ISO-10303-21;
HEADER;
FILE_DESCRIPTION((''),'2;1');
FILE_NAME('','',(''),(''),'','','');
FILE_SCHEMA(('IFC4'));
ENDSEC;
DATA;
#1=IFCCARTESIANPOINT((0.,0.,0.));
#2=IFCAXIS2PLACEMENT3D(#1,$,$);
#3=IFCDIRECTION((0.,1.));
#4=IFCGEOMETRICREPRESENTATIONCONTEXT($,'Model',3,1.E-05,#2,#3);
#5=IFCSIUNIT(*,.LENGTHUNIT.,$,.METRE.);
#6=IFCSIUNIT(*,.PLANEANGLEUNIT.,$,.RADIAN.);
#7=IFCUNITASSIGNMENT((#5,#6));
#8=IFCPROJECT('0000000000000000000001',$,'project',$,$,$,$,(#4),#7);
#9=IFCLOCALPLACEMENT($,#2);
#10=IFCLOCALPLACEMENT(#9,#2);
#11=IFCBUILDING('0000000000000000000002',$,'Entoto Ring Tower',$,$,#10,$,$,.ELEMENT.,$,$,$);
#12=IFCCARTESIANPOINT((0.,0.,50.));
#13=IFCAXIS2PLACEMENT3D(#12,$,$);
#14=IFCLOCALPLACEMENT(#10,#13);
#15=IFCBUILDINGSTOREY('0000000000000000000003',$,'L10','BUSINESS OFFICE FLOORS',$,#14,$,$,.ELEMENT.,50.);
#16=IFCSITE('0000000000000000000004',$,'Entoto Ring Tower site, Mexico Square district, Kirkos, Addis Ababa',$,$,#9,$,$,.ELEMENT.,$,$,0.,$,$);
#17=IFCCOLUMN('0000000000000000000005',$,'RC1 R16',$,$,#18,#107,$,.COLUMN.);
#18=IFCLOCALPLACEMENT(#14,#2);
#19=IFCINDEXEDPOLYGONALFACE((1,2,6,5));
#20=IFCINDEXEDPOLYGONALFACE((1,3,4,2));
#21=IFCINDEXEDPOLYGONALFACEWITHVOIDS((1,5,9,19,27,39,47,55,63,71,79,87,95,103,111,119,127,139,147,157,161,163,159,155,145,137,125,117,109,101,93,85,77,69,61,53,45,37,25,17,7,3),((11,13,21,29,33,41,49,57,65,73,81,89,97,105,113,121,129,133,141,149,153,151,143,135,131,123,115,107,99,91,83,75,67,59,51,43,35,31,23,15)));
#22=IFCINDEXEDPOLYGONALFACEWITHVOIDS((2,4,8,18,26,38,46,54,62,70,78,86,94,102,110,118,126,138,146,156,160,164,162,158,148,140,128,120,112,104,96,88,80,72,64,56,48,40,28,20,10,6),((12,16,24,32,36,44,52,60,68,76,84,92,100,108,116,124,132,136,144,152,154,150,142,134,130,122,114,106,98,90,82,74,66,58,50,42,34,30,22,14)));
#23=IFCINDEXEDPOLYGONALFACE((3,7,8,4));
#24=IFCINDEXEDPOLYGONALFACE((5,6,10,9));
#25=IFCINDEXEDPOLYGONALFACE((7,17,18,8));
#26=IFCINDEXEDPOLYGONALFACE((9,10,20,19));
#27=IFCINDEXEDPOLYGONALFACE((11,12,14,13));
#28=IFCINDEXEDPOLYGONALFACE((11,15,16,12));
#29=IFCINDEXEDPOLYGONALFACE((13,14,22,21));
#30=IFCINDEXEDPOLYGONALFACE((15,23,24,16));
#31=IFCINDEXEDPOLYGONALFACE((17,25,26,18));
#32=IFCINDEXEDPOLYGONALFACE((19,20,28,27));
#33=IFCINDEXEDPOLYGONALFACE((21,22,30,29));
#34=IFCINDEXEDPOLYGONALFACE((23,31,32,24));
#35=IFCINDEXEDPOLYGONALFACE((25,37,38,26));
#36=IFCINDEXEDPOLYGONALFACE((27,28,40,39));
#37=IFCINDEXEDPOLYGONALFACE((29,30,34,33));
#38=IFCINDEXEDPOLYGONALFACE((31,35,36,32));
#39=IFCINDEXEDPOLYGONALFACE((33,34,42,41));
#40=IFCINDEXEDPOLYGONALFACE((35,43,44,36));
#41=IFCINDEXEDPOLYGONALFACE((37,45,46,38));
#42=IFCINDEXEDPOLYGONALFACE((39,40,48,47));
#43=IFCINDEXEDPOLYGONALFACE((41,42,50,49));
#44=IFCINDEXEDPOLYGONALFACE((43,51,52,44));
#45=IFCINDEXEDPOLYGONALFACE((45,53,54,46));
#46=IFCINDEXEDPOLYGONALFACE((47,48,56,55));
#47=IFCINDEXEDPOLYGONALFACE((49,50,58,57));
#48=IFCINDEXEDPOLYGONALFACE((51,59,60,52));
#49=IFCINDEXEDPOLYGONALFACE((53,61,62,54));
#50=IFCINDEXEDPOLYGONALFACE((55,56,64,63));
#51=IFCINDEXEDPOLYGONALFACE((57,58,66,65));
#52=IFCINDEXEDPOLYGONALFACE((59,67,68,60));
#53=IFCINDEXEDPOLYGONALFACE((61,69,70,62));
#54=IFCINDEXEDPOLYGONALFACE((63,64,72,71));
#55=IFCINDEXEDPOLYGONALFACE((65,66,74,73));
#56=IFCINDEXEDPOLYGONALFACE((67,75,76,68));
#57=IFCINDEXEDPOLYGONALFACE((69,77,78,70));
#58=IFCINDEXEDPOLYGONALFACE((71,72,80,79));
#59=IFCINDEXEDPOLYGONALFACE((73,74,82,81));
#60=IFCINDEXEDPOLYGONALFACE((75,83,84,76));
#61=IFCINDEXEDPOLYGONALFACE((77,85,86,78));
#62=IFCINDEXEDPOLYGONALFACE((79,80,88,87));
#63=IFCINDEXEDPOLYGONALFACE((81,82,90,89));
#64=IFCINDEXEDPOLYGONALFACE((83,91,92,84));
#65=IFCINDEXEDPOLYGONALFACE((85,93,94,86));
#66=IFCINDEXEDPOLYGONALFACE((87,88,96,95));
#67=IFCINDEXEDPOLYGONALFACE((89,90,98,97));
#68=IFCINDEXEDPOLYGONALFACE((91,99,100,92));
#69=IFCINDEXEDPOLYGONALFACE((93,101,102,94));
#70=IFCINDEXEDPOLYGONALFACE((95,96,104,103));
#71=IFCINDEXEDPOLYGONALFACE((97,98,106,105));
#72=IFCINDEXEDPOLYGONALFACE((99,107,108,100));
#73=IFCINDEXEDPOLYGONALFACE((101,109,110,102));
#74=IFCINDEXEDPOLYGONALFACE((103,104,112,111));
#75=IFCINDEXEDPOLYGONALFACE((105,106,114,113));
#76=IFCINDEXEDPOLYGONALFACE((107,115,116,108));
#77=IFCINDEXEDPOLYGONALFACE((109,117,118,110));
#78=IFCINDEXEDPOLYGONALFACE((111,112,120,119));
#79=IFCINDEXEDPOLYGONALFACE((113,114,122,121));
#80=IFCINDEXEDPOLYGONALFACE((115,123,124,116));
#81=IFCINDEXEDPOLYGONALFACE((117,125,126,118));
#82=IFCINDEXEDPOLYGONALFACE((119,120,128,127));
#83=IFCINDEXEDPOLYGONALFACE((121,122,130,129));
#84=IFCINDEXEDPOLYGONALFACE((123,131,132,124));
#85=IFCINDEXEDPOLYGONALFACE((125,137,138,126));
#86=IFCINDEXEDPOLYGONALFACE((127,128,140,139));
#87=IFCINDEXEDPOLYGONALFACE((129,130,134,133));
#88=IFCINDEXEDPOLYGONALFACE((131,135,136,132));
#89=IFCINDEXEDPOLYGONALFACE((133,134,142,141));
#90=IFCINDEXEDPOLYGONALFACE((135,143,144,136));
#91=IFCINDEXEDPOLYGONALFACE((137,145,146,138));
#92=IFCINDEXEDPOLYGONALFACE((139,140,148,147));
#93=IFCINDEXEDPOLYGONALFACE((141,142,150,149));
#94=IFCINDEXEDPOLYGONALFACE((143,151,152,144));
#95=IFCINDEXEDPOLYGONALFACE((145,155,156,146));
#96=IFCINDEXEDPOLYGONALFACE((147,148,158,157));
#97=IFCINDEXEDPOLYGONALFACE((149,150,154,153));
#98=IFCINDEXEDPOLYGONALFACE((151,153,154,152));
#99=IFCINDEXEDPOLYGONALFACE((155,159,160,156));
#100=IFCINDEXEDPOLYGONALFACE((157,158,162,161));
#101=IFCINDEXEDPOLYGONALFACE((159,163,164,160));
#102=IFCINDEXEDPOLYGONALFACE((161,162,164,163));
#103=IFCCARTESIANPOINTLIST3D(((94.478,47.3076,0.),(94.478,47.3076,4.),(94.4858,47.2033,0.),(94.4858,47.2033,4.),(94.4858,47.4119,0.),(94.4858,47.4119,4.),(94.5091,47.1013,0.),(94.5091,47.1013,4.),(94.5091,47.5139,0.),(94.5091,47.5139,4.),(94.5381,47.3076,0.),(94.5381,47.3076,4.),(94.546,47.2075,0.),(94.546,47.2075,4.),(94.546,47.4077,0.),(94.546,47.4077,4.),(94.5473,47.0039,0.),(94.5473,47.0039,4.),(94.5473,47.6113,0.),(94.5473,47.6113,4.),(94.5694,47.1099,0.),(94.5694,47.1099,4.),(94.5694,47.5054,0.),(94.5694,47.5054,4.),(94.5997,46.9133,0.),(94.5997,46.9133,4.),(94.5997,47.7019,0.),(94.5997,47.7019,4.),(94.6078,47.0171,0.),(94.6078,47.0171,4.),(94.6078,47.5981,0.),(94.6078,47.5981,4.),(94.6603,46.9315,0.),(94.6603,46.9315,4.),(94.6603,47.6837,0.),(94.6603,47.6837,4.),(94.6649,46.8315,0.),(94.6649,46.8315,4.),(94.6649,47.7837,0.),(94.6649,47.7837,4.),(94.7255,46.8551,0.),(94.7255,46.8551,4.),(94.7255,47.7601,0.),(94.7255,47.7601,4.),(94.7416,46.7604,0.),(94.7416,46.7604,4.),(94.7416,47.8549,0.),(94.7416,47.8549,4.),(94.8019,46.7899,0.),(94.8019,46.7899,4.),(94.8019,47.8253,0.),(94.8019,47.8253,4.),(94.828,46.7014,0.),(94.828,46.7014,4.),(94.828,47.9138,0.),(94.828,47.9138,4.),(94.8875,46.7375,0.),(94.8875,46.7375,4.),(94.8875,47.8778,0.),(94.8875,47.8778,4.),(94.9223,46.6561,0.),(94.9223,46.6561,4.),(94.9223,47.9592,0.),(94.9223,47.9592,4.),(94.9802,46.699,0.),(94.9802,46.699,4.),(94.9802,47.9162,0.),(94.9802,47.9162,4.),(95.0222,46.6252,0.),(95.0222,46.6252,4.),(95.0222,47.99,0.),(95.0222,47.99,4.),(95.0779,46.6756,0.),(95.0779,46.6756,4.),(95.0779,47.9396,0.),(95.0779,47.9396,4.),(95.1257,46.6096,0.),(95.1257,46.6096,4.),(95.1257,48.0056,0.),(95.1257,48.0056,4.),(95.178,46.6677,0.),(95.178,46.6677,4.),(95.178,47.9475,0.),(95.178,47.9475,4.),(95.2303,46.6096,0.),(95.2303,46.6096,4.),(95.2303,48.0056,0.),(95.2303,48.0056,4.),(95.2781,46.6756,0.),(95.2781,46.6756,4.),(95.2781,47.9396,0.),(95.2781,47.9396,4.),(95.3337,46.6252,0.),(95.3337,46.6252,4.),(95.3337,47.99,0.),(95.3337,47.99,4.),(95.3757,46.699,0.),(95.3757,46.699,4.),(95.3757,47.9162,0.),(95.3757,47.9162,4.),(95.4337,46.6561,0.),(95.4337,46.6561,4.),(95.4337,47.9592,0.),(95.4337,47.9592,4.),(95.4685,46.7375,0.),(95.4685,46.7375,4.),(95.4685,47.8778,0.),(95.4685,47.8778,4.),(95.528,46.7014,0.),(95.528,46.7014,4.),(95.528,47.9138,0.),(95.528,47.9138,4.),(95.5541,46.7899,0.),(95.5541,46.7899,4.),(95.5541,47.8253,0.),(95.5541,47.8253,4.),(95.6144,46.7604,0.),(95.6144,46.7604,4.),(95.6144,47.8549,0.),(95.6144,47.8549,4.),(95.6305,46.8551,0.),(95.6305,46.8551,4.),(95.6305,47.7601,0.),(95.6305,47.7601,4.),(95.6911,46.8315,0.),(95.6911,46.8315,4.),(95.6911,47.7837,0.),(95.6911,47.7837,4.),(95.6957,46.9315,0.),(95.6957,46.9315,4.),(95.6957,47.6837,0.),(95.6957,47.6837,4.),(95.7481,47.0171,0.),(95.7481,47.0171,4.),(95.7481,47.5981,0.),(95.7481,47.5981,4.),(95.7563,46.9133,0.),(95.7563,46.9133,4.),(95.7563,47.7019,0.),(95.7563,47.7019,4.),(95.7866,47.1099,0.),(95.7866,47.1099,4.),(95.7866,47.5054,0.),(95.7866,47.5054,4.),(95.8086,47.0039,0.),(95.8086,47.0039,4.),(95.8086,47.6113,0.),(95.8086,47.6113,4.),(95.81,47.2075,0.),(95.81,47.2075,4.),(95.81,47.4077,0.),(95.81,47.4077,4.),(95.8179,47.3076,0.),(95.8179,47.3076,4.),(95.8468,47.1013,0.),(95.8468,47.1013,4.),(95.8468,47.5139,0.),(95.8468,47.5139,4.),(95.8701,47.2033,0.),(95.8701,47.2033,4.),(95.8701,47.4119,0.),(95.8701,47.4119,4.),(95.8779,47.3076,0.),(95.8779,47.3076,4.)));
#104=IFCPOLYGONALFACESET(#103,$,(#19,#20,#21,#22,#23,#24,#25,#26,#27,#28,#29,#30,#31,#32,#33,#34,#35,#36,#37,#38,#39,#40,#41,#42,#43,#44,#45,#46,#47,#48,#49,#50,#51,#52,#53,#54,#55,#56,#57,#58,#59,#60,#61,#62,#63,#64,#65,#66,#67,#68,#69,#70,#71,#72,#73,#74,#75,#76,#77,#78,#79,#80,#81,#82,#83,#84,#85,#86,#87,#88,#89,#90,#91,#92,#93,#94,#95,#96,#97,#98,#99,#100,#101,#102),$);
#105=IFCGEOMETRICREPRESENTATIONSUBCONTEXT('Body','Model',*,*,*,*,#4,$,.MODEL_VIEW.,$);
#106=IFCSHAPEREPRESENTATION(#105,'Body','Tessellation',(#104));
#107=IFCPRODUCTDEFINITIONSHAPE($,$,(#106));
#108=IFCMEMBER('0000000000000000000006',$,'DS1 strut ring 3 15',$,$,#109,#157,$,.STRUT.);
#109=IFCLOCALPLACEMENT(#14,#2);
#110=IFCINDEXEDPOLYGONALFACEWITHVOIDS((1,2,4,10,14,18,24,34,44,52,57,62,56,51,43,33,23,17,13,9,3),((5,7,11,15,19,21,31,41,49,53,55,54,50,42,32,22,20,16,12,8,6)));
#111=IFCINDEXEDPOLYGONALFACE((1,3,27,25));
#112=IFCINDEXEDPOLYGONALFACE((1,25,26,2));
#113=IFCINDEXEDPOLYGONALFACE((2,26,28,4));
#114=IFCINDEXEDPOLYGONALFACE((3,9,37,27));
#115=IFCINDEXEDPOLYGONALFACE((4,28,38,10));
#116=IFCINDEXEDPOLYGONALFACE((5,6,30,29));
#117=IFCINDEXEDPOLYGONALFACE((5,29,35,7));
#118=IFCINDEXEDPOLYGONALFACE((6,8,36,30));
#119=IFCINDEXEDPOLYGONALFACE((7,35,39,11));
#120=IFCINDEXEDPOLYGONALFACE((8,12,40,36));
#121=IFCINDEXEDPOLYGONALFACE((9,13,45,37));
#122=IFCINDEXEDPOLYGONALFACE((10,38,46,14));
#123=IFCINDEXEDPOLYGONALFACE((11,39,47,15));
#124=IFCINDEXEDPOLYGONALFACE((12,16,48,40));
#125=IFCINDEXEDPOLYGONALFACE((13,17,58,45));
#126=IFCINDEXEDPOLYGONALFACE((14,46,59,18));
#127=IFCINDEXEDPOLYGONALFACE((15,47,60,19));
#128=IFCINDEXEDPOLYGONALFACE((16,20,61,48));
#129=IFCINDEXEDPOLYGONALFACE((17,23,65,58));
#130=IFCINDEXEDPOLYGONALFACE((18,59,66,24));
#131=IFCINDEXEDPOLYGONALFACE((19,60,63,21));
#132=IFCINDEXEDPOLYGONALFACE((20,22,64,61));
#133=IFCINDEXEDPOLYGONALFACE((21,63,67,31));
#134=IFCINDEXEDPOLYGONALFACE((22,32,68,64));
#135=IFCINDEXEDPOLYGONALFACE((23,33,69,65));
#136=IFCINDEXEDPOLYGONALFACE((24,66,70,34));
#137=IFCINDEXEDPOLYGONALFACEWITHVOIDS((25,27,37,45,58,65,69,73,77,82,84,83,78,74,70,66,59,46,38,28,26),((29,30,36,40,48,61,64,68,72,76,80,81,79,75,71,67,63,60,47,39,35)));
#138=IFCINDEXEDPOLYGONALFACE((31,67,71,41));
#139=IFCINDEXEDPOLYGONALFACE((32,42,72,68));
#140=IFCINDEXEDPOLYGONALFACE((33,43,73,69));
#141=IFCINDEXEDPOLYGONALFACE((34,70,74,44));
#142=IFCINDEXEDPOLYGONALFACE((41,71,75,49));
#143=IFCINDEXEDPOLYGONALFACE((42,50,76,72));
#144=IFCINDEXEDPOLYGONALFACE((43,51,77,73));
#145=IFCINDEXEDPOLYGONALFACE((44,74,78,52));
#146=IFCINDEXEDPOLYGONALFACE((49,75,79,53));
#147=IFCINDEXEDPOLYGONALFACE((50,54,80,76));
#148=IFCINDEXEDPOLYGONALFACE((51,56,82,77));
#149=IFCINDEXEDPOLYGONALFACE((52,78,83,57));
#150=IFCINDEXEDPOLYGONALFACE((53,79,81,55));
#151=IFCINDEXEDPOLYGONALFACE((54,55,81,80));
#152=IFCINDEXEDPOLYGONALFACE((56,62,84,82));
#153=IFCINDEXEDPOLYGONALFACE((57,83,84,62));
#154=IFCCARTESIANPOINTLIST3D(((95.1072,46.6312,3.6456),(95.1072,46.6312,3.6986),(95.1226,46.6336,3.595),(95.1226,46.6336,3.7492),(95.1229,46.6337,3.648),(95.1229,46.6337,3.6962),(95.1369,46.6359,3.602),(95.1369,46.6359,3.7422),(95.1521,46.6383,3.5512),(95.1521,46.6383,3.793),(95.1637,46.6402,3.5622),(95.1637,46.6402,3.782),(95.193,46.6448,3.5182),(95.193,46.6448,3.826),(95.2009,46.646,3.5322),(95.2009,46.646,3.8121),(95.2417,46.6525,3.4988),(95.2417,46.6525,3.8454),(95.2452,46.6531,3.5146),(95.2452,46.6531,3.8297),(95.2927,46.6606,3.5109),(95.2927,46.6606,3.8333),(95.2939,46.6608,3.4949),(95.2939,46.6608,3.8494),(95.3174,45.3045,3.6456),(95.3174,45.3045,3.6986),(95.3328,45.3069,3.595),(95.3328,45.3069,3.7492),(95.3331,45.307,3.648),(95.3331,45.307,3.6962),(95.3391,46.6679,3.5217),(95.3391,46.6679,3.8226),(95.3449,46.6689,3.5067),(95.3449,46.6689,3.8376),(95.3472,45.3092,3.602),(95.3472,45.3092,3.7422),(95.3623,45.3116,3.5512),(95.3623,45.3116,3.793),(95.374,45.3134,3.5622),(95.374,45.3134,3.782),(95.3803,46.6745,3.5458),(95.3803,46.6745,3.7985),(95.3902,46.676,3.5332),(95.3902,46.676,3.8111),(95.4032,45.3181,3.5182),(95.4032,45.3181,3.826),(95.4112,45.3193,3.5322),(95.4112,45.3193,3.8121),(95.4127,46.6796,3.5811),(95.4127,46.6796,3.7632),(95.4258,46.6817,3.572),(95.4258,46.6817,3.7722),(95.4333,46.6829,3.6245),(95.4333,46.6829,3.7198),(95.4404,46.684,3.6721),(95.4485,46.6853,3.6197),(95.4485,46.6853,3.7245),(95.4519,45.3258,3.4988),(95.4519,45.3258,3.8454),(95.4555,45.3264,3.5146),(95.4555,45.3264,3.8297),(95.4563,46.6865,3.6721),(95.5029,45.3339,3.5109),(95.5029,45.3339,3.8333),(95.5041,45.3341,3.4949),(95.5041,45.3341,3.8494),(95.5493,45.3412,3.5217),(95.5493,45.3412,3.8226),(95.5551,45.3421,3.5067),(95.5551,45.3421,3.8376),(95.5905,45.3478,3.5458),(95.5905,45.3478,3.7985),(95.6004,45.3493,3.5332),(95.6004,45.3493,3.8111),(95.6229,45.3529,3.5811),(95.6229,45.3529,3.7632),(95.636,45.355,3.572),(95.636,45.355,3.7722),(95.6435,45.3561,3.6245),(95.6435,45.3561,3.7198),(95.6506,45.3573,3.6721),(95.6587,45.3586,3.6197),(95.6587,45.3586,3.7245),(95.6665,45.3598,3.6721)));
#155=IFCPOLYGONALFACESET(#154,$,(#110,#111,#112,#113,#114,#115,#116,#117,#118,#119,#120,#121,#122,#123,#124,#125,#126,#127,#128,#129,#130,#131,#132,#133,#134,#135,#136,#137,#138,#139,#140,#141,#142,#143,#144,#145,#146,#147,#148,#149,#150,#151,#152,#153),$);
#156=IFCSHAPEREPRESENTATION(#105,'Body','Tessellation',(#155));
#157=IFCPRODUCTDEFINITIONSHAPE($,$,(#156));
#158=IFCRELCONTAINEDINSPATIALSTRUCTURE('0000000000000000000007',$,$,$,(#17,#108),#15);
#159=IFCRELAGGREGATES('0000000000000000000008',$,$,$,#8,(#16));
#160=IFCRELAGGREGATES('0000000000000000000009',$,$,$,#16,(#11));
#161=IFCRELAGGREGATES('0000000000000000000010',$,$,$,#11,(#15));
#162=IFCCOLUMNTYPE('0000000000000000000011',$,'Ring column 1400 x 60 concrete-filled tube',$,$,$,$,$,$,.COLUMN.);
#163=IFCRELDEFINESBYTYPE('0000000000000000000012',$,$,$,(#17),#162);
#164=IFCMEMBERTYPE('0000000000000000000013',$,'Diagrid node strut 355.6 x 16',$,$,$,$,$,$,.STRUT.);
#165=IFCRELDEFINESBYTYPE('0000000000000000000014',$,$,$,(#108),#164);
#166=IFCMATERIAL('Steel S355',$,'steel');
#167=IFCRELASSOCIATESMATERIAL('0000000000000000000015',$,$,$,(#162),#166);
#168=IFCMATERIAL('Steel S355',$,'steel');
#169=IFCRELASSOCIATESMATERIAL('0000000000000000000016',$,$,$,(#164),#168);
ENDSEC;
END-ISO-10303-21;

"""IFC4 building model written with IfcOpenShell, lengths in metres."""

from ifc_helpers import new_model, si_unit, direction, frame, origin, origin_2d, place, context, subcontext, project, spatial, circle, hollow_circle, extrude, material, material_profile, profile_set, type_object, element, save


model = new_model("IFC4")

# Units and contexts
model_context = context("Model", 3, precision=1e-05, world=origin(), true_north=direction((0.0, 1.0)))
body_context = subcontext(model_context, "Body", "Model", "MODEL_VIEW")
ifc_project = project(units=[si_unit("LENGTHUNIT", "METRE"), si_unit("PLANEANGLEUNIT", "RADIAN")], contexts=[model_context])

# Site, building, storey
site_placement = place(None, origin())
site = spatial("IfcSite", under=ifc_project, at=site_placement, Name="Entoto Ring Tower site, Mexico Square district, Kirkos, Addis Ababa", CompositionType="ELEMENT", RefElevation=0.0)
building_placement = place(site_placement, origin())
building = spatial("IfcBuilding", under=site, at=building_placement, Name="Entoto Ring Tower", CompositionType="ELEMENT")
storey_placement = place(building_placement, frame((0.0, 0.0, 50.0)))
storey = spatial("IfcBuildingStorey", under=building, at=storey_placement, Name="L10", Description="BUSINESS OFFICE FLOORS", CompositionType="ELEMENT", Elevation=50.0)

# Column
ifc_material_1 = material(Name="Steel S355", Category="steel")
ifc_material_profile_1 = material_profile(ifc_material_1, hollow_circle(Radius=0.7, WallThickness=0.0601, at=origin_2d()), Name="CHS 1400 x 60")
ifc_material_2 = material(Name="Concrete C60/75", Category="concrete")
ifc_material_profile_2 = material_profile(ifc_material_2, circle(Radius=0.6399, at=origin_2d()), Name="Concrete C60/75 infill")
ifc_profile_set_1 = profile_set([ifc_material_profile_1, ifc_material_profile_2], Name="Steel S355")
column_type = type_object("IfcColumnType", Name="Ring column 1400 x 60 concrete-filled tube", PredefinedType="COLUMN", material=ifc_profile_set_1)
column_placement = place(storey_placement, frame((95.178, 47.3076, 0.0), z_axis=(0.0, 0.0, 1.0), x_axis=(1.0, 0.0, 0.0)))
element("IfcColumn", 1, at=column_placement, inside=storey, type_object=column_type, Name="RC1 R16", PredefinedType="COLUMN", context=body_context, shape_type="SweptSolid", body=[
    extrude(hollow_circle(Radius=0.7, WallThickness=0.0601, at=origin_2d()), origin(), (0.0, 0.0, 1.0), 4.0),
])

# Member
ifc_material_3 = material(Name="Steel S355", Category="steel")
ifc_material_profile_3 = material_profile(ifc_material_3, hollow_circle(Radius=0.1777, WallThickness=0.0161, at=origin_2d()), Name="CHS 355.6 x 16")
ifc_material_4 = material(Name="Concrete C60/75", Category="concrete")
ifc_material_profile_4 = material_profile(ifc_material_4, circle(Radius=0.1619, at=origin_2d()), Name="Concrete C60/75 infill")
ifc_profile_set_2 = profile_set([ifc_material_profile_3, ifc_material_profile_4], Name="Steel S355")
member_type = type_object("IfcMemberType", Name="Diagrid node strut 355.6 x 16", PredefinedType="STRUT", material=ifc_profile_set_2)
member_placement = place(storey_placement, frame((95.2808, 46.6587, 3.6721), z_axis=(0.156495, -0.987679, 0.0), x_axis=(0.987679, 0.156495, 0.0)))
element("IfcMember", 2, at=member_placement, inside=storey, type_object=member_type, Name="DS1 strut ring 3 15", PredefinedType="STRUT", context=body_context, shape_type="SweptSolid", body=[
    extrude(hollow_circle(Radius=0.1777, WallThickness=0.0161, at=origin_2d()), origin(), (0.0, 0.0, 1.0), 1.3433),
])

save(model, "model.ifc")
